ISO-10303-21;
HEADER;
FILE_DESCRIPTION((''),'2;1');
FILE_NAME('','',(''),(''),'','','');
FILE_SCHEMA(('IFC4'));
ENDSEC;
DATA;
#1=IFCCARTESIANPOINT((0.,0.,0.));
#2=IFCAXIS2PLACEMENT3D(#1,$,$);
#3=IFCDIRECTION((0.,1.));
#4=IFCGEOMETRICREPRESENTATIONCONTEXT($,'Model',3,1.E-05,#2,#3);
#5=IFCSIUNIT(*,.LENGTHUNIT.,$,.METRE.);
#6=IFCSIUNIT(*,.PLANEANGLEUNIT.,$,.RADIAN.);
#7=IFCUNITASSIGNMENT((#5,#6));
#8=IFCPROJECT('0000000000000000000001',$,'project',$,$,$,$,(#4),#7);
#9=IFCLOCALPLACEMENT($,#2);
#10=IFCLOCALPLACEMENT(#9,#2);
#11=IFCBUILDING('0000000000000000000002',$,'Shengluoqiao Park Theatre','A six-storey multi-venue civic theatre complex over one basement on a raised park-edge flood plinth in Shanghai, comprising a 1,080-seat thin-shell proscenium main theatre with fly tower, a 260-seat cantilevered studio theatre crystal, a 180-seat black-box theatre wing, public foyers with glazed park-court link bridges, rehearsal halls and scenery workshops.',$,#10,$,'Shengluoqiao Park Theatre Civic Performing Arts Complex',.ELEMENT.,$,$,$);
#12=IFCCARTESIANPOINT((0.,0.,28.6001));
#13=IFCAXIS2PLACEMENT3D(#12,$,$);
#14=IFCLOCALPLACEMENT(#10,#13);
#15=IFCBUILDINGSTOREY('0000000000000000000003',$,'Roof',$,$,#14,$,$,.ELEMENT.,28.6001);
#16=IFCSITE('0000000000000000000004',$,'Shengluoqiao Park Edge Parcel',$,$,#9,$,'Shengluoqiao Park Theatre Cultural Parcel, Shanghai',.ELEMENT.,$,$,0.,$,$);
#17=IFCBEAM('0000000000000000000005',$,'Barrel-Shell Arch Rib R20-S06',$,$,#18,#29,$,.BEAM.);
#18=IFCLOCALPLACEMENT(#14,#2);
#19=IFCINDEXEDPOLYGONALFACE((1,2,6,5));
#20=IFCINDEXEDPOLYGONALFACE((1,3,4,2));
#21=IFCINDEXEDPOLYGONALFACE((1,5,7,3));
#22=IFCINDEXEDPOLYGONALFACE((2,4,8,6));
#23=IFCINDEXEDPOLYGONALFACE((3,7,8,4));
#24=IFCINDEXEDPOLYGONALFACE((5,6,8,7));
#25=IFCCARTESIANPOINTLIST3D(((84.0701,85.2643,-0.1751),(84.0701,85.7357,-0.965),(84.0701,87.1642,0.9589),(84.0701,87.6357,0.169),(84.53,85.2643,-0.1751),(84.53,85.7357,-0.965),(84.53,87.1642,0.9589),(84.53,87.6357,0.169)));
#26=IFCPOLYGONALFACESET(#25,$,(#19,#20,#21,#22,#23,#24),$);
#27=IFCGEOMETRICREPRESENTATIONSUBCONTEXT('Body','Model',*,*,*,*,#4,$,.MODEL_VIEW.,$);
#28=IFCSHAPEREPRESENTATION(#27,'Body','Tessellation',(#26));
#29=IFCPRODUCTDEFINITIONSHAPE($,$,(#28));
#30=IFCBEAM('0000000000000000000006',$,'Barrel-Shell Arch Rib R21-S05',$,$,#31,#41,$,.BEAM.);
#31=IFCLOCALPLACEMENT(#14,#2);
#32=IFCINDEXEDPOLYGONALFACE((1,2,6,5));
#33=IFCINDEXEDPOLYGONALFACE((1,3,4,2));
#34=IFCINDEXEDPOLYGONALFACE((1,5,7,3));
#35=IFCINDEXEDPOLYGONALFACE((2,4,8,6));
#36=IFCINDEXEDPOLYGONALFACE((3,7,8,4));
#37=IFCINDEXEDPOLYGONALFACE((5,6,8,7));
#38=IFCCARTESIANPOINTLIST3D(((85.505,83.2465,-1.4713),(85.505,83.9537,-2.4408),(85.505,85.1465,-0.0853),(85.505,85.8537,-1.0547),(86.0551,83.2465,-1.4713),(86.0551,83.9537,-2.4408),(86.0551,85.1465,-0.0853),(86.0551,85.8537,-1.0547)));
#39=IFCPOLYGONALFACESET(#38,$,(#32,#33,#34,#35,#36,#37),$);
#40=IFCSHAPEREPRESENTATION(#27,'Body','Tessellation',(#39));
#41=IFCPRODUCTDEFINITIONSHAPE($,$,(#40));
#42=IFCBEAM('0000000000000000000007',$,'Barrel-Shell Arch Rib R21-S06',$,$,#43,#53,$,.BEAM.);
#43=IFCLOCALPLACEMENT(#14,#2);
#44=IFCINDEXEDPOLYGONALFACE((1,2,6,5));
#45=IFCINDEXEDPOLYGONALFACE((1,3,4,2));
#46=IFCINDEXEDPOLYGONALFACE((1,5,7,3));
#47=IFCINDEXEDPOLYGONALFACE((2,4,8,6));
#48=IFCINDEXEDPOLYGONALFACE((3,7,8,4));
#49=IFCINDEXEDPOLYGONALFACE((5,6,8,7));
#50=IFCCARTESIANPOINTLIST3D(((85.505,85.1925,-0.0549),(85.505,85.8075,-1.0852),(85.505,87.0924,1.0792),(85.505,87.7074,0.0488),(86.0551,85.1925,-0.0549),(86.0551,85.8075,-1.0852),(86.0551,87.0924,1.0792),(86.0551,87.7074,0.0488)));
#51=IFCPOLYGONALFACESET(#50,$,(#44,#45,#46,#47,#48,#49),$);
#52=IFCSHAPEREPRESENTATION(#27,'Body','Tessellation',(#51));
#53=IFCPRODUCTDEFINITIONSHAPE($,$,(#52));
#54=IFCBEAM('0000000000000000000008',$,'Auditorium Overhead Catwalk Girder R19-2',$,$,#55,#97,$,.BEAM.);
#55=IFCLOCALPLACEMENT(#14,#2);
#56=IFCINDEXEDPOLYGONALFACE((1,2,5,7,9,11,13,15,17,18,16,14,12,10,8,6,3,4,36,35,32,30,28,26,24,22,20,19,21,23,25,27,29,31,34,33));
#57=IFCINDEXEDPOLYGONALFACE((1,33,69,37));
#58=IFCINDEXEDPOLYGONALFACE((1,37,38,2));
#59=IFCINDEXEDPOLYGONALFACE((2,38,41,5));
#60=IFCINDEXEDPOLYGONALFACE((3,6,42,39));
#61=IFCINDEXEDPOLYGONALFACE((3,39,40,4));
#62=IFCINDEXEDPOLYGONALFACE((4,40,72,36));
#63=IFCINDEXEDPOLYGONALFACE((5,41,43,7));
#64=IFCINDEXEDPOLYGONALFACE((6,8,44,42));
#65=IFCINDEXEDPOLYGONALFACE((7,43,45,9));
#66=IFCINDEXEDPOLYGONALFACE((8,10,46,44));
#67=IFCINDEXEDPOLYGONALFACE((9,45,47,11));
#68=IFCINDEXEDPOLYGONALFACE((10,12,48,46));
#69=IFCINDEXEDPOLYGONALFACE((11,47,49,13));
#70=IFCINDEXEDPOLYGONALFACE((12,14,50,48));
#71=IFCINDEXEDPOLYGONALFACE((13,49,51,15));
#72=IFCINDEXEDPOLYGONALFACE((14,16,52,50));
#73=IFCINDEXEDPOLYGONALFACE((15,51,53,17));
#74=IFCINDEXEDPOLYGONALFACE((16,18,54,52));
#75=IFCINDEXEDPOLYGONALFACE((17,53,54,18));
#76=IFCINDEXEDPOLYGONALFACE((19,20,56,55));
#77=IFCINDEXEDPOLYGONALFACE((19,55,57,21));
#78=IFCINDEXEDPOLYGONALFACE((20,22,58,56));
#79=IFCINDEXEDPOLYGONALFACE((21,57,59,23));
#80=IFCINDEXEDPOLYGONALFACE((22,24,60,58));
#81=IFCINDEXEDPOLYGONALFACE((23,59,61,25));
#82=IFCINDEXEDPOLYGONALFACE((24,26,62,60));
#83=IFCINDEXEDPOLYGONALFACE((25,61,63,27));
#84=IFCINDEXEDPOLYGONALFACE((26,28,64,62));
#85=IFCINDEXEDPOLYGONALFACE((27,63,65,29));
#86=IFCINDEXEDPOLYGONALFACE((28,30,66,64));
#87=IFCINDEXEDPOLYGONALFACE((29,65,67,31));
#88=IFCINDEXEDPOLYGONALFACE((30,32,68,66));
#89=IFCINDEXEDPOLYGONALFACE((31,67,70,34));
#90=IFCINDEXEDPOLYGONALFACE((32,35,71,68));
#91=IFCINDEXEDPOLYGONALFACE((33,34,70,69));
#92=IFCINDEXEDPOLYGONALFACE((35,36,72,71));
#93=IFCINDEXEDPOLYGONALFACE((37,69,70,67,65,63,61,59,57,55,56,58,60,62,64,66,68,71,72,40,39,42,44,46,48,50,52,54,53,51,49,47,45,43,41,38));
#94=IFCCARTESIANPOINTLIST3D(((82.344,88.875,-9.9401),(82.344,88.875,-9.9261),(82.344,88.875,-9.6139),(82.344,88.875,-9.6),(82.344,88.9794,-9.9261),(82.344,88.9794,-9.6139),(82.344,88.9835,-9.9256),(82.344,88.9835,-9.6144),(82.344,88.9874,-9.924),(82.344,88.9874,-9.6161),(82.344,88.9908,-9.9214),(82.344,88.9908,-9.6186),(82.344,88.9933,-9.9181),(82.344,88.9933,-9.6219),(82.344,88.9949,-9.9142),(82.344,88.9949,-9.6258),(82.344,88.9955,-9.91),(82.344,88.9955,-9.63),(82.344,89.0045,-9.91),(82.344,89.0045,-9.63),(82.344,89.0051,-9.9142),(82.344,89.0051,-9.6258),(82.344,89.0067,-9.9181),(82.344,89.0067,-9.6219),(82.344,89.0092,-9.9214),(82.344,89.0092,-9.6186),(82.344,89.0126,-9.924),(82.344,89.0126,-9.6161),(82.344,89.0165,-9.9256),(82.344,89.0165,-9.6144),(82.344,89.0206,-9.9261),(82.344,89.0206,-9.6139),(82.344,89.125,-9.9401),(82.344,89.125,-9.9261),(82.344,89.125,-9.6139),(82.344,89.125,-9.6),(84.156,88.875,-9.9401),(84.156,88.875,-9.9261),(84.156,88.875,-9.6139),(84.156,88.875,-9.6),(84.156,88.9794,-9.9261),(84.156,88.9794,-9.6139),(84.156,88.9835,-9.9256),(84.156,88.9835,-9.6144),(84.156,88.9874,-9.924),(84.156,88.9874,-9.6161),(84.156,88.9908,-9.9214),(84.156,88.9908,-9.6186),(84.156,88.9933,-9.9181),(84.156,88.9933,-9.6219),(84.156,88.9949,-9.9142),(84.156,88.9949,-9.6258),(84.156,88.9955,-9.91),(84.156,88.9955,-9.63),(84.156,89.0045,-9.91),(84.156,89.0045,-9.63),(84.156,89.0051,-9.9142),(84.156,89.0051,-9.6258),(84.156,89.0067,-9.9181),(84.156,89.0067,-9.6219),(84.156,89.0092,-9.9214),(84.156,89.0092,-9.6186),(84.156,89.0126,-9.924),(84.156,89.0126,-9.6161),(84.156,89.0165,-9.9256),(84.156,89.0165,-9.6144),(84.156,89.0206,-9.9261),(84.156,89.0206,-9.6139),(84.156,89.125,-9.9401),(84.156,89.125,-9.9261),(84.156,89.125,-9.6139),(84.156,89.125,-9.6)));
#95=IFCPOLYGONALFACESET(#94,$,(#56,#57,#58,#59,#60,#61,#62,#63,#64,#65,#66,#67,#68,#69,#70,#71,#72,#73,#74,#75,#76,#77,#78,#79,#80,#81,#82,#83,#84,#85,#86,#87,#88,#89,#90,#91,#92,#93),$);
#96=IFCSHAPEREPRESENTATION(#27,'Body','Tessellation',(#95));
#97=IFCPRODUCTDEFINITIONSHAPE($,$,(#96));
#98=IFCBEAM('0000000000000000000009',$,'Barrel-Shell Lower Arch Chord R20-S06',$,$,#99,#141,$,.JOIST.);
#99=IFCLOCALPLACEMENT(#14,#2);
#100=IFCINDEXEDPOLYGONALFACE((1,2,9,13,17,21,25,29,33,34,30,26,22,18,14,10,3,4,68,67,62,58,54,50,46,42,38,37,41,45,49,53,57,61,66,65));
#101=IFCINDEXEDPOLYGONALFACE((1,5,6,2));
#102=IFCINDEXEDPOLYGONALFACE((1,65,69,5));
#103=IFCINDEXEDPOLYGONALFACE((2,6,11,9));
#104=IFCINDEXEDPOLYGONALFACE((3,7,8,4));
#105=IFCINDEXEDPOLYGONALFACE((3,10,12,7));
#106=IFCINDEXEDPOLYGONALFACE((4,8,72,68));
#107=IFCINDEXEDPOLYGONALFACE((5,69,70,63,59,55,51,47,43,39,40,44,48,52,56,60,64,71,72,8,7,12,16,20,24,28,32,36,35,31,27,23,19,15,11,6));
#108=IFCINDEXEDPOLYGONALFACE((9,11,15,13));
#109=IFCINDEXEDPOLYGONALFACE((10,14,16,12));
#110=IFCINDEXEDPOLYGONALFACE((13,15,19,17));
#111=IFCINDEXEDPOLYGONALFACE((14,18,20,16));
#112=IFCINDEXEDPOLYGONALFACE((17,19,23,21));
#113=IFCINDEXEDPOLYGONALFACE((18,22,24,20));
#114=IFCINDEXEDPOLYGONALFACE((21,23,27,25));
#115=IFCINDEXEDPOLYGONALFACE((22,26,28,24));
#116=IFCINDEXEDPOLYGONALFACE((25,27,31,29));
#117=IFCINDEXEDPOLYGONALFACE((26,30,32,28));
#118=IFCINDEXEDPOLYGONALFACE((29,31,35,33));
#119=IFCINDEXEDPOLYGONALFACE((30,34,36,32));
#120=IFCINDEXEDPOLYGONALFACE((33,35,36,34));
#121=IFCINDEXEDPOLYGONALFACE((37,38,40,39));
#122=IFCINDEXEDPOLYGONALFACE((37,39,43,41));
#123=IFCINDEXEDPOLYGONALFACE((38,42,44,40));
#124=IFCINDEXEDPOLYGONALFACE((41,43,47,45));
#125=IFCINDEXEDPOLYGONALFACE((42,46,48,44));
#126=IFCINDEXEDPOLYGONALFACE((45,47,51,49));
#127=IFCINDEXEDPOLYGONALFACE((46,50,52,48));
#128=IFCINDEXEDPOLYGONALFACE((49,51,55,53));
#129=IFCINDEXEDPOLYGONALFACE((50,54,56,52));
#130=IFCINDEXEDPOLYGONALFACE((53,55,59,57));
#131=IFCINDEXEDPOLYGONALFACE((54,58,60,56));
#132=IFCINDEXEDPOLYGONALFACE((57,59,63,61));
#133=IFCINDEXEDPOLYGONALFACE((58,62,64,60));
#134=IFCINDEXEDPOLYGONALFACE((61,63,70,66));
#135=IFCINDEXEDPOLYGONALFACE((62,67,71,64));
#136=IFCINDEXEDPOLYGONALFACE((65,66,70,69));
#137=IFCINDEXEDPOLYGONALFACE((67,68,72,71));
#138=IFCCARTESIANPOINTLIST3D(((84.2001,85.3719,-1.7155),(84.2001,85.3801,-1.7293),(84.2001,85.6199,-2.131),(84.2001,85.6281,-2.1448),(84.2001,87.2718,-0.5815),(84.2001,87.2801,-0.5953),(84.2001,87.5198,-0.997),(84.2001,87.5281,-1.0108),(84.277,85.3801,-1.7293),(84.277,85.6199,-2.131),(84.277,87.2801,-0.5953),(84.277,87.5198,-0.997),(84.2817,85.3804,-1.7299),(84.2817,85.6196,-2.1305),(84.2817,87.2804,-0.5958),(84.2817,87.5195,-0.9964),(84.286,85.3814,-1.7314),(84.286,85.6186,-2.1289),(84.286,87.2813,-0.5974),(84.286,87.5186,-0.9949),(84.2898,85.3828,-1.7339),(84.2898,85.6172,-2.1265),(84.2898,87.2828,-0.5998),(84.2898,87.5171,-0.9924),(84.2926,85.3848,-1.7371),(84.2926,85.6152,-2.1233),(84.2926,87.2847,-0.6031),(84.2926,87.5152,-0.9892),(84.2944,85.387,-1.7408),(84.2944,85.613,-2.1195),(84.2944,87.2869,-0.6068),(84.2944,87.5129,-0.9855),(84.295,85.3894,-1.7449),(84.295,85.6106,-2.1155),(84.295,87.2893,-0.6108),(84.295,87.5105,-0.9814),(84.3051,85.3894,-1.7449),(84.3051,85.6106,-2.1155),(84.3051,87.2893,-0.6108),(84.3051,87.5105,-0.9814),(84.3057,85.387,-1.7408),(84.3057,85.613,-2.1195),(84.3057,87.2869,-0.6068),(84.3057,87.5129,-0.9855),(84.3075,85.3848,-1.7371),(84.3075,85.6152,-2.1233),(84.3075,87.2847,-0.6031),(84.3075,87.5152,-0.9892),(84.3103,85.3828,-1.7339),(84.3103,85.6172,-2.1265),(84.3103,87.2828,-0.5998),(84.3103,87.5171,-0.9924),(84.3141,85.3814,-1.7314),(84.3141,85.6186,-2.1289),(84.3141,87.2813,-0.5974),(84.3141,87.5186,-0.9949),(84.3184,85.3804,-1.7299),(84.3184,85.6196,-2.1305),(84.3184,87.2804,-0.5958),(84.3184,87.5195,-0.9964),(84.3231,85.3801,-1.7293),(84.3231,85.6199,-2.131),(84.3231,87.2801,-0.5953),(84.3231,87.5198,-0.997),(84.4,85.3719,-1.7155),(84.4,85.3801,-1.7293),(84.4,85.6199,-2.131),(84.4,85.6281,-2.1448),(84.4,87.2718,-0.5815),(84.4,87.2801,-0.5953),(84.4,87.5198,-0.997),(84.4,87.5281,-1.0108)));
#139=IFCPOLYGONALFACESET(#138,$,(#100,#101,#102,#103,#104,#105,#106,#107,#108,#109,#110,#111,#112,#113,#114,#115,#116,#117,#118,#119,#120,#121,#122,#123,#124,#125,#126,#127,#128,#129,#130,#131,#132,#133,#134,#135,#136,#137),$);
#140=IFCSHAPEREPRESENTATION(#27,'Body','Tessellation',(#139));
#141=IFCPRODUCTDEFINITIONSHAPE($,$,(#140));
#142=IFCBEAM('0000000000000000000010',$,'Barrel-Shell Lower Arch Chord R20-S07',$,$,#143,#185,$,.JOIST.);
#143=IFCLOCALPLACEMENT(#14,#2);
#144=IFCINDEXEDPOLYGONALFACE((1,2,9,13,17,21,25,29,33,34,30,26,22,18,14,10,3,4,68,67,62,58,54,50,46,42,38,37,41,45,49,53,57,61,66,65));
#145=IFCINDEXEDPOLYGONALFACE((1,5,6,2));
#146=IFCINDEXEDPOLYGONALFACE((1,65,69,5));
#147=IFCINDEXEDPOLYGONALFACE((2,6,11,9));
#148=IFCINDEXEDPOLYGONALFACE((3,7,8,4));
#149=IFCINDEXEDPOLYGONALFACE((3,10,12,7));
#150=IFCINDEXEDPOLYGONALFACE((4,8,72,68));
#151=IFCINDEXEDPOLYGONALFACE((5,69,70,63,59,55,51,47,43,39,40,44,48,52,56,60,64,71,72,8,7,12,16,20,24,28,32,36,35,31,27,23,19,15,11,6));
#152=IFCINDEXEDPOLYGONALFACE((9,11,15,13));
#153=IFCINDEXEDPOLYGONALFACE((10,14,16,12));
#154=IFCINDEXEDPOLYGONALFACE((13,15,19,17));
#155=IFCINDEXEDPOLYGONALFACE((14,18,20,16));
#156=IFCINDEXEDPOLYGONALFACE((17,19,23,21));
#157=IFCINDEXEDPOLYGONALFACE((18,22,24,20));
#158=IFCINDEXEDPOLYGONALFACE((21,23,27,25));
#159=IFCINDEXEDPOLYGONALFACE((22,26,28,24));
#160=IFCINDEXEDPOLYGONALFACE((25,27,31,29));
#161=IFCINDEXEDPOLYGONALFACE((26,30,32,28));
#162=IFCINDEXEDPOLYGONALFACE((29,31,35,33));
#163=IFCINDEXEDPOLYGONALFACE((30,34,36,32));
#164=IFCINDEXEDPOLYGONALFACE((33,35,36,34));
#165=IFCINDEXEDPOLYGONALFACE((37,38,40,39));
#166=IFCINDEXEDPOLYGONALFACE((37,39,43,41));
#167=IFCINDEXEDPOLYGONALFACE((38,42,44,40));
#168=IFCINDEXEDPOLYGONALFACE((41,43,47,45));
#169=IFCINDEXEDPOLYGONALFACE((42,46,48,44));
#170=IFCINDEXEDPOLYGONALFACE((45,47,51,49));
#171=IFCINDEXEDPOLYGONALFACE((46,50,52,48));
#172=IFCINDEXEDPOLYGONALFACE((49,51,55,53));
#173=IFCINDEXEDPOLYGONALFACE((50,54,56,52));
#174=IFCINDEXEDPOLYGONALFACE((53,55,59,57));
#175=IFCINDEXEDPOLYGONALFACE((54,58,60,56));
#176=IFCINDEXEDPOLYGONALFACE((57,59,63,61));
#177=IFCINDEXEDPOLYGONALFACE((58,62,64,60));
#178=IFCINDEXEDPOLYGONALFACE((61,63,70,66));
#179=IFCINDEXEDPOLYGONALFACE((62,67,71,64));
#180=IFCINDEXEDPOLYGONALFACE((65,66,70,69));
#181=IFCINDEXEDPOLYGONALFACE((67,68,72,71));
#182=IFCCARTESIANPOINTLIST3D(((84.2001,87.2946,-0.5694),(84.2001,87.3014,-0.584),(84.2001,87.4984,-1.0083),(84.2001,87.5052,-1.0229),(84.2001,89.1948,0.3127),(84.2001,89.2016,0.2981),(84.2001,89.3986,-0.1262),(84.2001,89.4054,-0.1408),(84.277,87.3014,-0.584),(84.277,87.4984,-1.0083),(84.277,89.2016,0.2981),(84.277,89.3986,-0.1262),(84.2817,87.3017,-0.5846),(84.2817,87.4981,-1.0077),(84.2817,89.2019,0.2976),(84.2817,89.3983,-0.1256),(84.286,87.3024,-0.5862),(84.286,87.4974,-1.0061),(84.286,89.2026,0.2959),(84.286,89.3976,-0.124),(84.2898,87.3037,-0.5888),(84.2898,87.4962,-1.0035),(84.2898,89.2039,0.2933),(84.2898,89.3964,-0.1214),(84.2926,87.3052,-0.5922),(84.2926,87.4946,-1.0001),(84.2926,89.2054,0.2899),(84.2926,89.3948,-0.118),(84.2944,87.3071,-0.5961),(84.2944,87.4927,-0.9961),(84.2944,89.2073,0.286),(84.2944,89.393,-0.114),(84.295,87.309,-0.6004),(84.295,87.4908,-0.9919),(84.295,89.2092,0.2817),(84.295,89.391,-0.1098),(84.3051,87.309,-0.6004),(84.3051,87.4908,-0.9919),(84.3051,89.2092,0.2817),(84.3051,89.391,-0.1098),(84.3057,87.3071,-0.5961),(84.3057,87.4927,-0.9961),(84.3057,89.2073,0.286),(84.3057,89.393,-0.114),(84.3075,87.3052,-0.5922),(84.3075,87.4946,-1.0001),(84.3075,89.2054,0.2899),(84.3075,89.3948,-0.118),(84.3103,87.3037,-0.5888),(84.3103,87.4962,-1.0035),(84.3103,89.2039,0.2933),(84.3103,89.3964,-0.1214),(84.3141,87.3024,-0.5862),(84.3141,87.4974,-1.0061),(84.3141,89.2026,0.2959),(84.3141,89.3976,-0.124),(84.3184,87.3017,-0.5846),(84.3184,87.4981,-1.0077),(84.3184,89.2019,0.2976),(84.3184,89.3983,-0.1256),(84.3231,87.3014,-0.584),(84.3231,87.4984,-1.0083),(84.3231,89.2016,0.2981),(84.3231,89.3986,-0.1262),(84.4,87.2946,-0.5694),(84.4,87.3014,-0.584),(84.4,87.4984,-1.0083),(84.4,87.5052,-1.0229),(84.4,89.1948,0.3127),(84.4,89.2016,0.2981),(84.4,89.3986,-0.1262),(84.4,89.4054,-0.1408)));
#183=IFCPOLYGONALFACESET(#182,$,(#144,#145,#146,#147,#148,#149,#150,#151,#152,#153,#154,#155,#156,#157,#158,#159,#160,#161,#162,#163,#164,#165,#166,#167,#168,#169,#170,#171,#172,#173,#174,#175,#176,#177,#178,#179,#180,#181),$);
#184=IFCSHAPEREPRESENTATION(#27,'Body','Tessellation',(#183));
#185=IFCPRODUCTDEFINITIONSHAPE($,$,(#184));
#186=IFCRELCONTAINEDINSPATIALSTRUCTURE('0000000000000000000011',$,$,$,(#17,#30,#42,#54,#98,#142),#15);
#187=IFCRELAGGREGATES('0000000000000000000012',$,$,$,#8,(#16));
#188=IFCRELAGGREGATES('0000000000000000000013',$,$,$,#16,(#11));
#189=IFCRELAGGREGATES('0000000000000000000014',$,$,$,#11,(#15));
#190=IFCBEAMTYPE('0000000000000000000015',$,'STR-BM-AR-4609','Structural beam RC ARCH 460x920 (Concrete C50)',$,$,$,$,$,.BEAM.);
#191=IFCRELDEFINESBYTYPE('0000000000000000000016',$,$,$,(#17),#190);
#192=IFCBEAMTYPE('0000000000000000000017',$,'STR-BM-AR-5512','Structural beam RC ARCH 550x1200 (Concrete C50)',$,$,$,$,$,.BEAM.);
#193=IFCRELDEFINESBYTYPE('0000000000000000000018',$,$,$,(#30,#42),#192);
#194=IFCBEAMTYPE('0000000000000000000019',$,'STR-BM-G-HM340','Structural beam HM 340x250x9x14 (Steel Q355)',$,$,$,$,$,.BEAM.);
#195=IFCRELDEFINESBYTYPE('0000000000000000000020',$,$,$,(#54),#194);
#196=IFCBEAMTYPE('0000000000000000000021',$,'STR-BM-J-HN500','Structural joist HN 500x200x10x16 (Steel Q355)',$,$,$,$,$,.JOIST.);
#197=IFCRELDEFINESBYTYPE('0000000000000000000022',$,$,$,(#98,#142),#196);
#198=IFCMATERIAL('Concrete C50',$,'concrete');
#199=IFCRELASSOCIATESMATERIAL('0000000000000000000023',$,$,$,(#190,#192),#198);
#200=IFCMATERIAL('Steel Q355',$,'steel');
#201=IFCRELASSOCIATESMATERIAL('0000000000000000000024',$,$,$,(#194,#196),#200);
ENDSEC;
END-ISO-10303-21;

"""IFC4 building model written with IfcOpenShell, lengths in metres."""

from ifc_helpers import new_model, si_unit, direction, frame, origin, origin_2d, place, context, subcontext, project, spatial, rectangle, i_section, extrude, material, material_profile, profile_set, type_object, element, save


model = new_model("IFC4")

# Units and contexts
model_context = context("Model", 3, precision=1e-05, world=origin(), true_north=direction((0.0, 1.0)))
body_context = subcontext(model_context, "Body", "Model", "MODEL_VIEW")
ifc_project = project(units=[si_unit("LENGTHUNIT", "METRE"), si_unit("PLANEANGLEUNIT", "RADIAN")], contexts=[model_context])

# Site, building, storey
site_placement = place(None, origin())
site = spatial("IfcSite", under=ifc_project, at=site_placement, Name="Shengluoqiao Park Edge Parcel", LongName="Shengluoqiao Park Theatre Cultural Parcel, Shanghai", CompositionType="ELEMENT", RefElevation=0.0)
building_placement = place(site_placement, origin())
building = spatial("IfcBuilding", under=site, at=building_placement, Name="Shengluoqiao Park Theatre", Description="A six-storey multi-venue civic theatre complex over one basement on a raised park-edge flood plinth in Shanghai, comprising a 1,080-seat thin-shell proscenium main theatre with fly tower, a 260-seat cantilevered studio theatre crystal, a 180-seat black-box theatre wing, public foyers with glazed park-court link bridges, rehearsal halls and scenery workshops.", LongName="Shengluoqiao Park Theatre Civic Performing Arts Complex", CompositionType="ELEMENT")
storey_placement = place(building_placement, frame((0.0, 0.0, 28.6001)))
storey = spatial("IfcBuildingStorey", under=building, at=storey_placement, Name="Roof", CompositionType="ELEMENT", Elevation=28.6001)

# Beams
ifc_material_1 = material(Name="Concrete C50", Category="concrete")
ifc_material_profile_1 = material_profile(ifc_material_1, rectangle(XDim=0.46, YDim=0.9199, at=origin_2d()), Name="RC ARCH 460x920")
ifc_profile_set_1 = profile_set([ifc_material_profile_1], Name="Concrete C50")
beam_type_1 = type_object("IfcBeamType", Name="STR-BM-AR-4609", Description="Structural beam RC ARCH 460x920 (Concrete C50)", PredefinedType="BEAM", material=ifc_profile_set_1)
beam_1_placement = place(storey_placement, frame((84.3, 85.5, -0.5701), z_axis=(0.0, 0.858669, 0.512531), x_axis=(-1.0, 0.0, 0.0)))
element("IfcBeam", 1, at=beam_1_placement, inside=storey, type_object=beam_type_1, Name="Barrel-Shell Arch Rib R20-S06", PredefinedType="BEAM", context=body_context, shape_type="SweptSolid", body=[
    extrude(rectangle(XDim=0.46, YDim=0.9199, at=origin_2d()), origin(), (0.0, 0.0, 1.0), 2.2126),
])
ifc_material_profile_2 = material_profile(ifc_material_1, rectangle(XDim=0.55, YDim=1.2, at=origin_2d()), Name="RC ARCH 550x1200")
ifc_profile_set_2 = profile_set([ifc_material_profile_2], Name="Concrete C50")
beam_type_2 = type_object("IfcBeamType", Name="STR-BM-AR-5512", Description="Structural beam RC ARCH 550x1200 (Concrete C50)", PredefinedType="BEAM", material=ifc_profile_set_2)
beam_2_placement = place(storey_placement, frame((85.78, 83.6001, -1.9561), z_axis=(0.0, 0.807878, 0.58935), x_axis=(-1.0, 0.0, 0.0)))
element("IfcBeam", 2, at=beam_2_placement, inside=storey, type_object=beam_type_2, Name="Barrel-Shell Arch Rib R21-S05", PredefinedType="BEAM", context=body_context, shape_type="SweptSolid", body=[
    extrude(rectangle(XDim=0.55, YDim=1.2, at=origin_2d()), origin(), (0.0, 0.0, 1.0), 2.3518),
])
beam_3_placement = place(storey_placement, frame((85.78, 85.5, -0.5701), z_axis=(0.0, 0.858669, 0.512531), x_axis=(-1.0, 0.0, 0.0)))
element("IfcBeam", 3, at=beam_3_placement, inside=storey, type_object=beam_type_2, Name="Barrel-Shell Arch Rib R21-S06", PredefinedType="BEAM", context=body_context, shape_type="SweptSolid", body=[
    extrude(rectangle(XDim=0.55, YDim=1.2, at=origin_2d()), origin(), (0.0, 0.0, 1.0), 2.2126),
])
ifc_material_2 = material(Name="Steel Q355", Category="steel")
ifc_material_profile_3 = material_profile(ifc_material_2, i_section(OverallWidth=0.25, OverallDepth=0.3401, WebThickness=0.009, FlangeThickness=0.0139, FilletRadius=0.0161, at=origin_2d()), Name="HM 340x250x9x14")
ifc_profile_set_3 = profile_set([ifc_material_profile_3], Name="Steel Q355")
beam_type_3 = type_object("IfcBeamType", Name="STR-BM-G-HM340", Description="Structural beam HM 340x250x9x14 (Steel Q355)", PredefinedType="BEAM", material=ifc_profile_set_3)
beam_4_placement = place(storey_placement, frame((82.344, 89.0, -9.77), z_axis=(1.0, 0.0, 0.0), x_axis=(0.0, 1.0, 0.0)))
element("IfcBeam", 4, at=beam_4_placement, inside=storey, type_object=beam_type_3, Name="Auditorium Overhead Catwalk Girder R19-2", PredefinedType="BEAM", context=body_context, shape_type="SweptSolid", body=[
    extrude(i_section(OverallWidth=0.25, OverallDepth=0.3401, WebThickness=0.009, FlangeThickness=0.0139, FilletRadius=0.0161, at=origin_2d()), origin(), (0.0, 0.0, 1.0), 1.812),
])
ifc_material_profile_4 = material_profile(ifc_material_2, i_section(OverallWidth=0.2, OverallDepth=0.5, WebThickness=0.01, FlangeThickness=0.0161, FilletRadius=0.0181, at=origin_2d()), Name="HN 500x200x10x16")
ifc_profile_set_4 = profile_set([ifc_material_profile_4], Name="Steel Q355")
beam_type_4 = type_object("IfcBeamType", Name="STR-BM-J-HN500", Description="Structural joist HN 500x200x10x16 (Steel Q355)", PredefinedType="JOIST", material=ifc_profile_set_4)
beam_5_placement = place(storey_placement, frame((84.3, 85.5, -1.9302), z_axis=(0.0, 0.858669, 0.512531), x_axis=(-1.0, 0.0, 0.0)))
element("IfcBeam", 5, at=beam_5_placement, inside=storey, type_object=beam_type_4, Name="Barrel-Shell Lower Arch Chord R20-S06", PredefinedType="JOIST", context=body_context, shape_type="SweptSolid", body=[
    extrude(i_section(OverallWidth=0.2, OverallDepth=0.5, WebThickness=0.01, FlangeThickness=0.0161, FilletRadius=0.0181, at=origin_2d()), origin(), (0.0, 0.0, 1.0), 2.2126),
])
beam_6_placement = place(storey_placement, frame((84.3, 87.3999, -0.7961), z_axis=(0.0, 0.907033, 0.42106), x_axis=(-1.0, 0.0, 0.0)))
element("IfcBeam", 6, at=beam_6_placement, inside=storey, type_object=beam_type_4, Name="Barrel-Shell Lower Arch Chord R20-S07", PredefinedType="JOIST", context=body_context, shape_type="SweptSolid", body=[
    extrude(i_section(OverallWidth=0.2, OverallDepth=0.5, WebThickness=0.01, FlangeThickness=0.0161, FilletRadius=0.0181, at=origin_2d()), origin(), (0.0, 0.0, 1.0), 2.095),
])

save(model, "model.ifc")
